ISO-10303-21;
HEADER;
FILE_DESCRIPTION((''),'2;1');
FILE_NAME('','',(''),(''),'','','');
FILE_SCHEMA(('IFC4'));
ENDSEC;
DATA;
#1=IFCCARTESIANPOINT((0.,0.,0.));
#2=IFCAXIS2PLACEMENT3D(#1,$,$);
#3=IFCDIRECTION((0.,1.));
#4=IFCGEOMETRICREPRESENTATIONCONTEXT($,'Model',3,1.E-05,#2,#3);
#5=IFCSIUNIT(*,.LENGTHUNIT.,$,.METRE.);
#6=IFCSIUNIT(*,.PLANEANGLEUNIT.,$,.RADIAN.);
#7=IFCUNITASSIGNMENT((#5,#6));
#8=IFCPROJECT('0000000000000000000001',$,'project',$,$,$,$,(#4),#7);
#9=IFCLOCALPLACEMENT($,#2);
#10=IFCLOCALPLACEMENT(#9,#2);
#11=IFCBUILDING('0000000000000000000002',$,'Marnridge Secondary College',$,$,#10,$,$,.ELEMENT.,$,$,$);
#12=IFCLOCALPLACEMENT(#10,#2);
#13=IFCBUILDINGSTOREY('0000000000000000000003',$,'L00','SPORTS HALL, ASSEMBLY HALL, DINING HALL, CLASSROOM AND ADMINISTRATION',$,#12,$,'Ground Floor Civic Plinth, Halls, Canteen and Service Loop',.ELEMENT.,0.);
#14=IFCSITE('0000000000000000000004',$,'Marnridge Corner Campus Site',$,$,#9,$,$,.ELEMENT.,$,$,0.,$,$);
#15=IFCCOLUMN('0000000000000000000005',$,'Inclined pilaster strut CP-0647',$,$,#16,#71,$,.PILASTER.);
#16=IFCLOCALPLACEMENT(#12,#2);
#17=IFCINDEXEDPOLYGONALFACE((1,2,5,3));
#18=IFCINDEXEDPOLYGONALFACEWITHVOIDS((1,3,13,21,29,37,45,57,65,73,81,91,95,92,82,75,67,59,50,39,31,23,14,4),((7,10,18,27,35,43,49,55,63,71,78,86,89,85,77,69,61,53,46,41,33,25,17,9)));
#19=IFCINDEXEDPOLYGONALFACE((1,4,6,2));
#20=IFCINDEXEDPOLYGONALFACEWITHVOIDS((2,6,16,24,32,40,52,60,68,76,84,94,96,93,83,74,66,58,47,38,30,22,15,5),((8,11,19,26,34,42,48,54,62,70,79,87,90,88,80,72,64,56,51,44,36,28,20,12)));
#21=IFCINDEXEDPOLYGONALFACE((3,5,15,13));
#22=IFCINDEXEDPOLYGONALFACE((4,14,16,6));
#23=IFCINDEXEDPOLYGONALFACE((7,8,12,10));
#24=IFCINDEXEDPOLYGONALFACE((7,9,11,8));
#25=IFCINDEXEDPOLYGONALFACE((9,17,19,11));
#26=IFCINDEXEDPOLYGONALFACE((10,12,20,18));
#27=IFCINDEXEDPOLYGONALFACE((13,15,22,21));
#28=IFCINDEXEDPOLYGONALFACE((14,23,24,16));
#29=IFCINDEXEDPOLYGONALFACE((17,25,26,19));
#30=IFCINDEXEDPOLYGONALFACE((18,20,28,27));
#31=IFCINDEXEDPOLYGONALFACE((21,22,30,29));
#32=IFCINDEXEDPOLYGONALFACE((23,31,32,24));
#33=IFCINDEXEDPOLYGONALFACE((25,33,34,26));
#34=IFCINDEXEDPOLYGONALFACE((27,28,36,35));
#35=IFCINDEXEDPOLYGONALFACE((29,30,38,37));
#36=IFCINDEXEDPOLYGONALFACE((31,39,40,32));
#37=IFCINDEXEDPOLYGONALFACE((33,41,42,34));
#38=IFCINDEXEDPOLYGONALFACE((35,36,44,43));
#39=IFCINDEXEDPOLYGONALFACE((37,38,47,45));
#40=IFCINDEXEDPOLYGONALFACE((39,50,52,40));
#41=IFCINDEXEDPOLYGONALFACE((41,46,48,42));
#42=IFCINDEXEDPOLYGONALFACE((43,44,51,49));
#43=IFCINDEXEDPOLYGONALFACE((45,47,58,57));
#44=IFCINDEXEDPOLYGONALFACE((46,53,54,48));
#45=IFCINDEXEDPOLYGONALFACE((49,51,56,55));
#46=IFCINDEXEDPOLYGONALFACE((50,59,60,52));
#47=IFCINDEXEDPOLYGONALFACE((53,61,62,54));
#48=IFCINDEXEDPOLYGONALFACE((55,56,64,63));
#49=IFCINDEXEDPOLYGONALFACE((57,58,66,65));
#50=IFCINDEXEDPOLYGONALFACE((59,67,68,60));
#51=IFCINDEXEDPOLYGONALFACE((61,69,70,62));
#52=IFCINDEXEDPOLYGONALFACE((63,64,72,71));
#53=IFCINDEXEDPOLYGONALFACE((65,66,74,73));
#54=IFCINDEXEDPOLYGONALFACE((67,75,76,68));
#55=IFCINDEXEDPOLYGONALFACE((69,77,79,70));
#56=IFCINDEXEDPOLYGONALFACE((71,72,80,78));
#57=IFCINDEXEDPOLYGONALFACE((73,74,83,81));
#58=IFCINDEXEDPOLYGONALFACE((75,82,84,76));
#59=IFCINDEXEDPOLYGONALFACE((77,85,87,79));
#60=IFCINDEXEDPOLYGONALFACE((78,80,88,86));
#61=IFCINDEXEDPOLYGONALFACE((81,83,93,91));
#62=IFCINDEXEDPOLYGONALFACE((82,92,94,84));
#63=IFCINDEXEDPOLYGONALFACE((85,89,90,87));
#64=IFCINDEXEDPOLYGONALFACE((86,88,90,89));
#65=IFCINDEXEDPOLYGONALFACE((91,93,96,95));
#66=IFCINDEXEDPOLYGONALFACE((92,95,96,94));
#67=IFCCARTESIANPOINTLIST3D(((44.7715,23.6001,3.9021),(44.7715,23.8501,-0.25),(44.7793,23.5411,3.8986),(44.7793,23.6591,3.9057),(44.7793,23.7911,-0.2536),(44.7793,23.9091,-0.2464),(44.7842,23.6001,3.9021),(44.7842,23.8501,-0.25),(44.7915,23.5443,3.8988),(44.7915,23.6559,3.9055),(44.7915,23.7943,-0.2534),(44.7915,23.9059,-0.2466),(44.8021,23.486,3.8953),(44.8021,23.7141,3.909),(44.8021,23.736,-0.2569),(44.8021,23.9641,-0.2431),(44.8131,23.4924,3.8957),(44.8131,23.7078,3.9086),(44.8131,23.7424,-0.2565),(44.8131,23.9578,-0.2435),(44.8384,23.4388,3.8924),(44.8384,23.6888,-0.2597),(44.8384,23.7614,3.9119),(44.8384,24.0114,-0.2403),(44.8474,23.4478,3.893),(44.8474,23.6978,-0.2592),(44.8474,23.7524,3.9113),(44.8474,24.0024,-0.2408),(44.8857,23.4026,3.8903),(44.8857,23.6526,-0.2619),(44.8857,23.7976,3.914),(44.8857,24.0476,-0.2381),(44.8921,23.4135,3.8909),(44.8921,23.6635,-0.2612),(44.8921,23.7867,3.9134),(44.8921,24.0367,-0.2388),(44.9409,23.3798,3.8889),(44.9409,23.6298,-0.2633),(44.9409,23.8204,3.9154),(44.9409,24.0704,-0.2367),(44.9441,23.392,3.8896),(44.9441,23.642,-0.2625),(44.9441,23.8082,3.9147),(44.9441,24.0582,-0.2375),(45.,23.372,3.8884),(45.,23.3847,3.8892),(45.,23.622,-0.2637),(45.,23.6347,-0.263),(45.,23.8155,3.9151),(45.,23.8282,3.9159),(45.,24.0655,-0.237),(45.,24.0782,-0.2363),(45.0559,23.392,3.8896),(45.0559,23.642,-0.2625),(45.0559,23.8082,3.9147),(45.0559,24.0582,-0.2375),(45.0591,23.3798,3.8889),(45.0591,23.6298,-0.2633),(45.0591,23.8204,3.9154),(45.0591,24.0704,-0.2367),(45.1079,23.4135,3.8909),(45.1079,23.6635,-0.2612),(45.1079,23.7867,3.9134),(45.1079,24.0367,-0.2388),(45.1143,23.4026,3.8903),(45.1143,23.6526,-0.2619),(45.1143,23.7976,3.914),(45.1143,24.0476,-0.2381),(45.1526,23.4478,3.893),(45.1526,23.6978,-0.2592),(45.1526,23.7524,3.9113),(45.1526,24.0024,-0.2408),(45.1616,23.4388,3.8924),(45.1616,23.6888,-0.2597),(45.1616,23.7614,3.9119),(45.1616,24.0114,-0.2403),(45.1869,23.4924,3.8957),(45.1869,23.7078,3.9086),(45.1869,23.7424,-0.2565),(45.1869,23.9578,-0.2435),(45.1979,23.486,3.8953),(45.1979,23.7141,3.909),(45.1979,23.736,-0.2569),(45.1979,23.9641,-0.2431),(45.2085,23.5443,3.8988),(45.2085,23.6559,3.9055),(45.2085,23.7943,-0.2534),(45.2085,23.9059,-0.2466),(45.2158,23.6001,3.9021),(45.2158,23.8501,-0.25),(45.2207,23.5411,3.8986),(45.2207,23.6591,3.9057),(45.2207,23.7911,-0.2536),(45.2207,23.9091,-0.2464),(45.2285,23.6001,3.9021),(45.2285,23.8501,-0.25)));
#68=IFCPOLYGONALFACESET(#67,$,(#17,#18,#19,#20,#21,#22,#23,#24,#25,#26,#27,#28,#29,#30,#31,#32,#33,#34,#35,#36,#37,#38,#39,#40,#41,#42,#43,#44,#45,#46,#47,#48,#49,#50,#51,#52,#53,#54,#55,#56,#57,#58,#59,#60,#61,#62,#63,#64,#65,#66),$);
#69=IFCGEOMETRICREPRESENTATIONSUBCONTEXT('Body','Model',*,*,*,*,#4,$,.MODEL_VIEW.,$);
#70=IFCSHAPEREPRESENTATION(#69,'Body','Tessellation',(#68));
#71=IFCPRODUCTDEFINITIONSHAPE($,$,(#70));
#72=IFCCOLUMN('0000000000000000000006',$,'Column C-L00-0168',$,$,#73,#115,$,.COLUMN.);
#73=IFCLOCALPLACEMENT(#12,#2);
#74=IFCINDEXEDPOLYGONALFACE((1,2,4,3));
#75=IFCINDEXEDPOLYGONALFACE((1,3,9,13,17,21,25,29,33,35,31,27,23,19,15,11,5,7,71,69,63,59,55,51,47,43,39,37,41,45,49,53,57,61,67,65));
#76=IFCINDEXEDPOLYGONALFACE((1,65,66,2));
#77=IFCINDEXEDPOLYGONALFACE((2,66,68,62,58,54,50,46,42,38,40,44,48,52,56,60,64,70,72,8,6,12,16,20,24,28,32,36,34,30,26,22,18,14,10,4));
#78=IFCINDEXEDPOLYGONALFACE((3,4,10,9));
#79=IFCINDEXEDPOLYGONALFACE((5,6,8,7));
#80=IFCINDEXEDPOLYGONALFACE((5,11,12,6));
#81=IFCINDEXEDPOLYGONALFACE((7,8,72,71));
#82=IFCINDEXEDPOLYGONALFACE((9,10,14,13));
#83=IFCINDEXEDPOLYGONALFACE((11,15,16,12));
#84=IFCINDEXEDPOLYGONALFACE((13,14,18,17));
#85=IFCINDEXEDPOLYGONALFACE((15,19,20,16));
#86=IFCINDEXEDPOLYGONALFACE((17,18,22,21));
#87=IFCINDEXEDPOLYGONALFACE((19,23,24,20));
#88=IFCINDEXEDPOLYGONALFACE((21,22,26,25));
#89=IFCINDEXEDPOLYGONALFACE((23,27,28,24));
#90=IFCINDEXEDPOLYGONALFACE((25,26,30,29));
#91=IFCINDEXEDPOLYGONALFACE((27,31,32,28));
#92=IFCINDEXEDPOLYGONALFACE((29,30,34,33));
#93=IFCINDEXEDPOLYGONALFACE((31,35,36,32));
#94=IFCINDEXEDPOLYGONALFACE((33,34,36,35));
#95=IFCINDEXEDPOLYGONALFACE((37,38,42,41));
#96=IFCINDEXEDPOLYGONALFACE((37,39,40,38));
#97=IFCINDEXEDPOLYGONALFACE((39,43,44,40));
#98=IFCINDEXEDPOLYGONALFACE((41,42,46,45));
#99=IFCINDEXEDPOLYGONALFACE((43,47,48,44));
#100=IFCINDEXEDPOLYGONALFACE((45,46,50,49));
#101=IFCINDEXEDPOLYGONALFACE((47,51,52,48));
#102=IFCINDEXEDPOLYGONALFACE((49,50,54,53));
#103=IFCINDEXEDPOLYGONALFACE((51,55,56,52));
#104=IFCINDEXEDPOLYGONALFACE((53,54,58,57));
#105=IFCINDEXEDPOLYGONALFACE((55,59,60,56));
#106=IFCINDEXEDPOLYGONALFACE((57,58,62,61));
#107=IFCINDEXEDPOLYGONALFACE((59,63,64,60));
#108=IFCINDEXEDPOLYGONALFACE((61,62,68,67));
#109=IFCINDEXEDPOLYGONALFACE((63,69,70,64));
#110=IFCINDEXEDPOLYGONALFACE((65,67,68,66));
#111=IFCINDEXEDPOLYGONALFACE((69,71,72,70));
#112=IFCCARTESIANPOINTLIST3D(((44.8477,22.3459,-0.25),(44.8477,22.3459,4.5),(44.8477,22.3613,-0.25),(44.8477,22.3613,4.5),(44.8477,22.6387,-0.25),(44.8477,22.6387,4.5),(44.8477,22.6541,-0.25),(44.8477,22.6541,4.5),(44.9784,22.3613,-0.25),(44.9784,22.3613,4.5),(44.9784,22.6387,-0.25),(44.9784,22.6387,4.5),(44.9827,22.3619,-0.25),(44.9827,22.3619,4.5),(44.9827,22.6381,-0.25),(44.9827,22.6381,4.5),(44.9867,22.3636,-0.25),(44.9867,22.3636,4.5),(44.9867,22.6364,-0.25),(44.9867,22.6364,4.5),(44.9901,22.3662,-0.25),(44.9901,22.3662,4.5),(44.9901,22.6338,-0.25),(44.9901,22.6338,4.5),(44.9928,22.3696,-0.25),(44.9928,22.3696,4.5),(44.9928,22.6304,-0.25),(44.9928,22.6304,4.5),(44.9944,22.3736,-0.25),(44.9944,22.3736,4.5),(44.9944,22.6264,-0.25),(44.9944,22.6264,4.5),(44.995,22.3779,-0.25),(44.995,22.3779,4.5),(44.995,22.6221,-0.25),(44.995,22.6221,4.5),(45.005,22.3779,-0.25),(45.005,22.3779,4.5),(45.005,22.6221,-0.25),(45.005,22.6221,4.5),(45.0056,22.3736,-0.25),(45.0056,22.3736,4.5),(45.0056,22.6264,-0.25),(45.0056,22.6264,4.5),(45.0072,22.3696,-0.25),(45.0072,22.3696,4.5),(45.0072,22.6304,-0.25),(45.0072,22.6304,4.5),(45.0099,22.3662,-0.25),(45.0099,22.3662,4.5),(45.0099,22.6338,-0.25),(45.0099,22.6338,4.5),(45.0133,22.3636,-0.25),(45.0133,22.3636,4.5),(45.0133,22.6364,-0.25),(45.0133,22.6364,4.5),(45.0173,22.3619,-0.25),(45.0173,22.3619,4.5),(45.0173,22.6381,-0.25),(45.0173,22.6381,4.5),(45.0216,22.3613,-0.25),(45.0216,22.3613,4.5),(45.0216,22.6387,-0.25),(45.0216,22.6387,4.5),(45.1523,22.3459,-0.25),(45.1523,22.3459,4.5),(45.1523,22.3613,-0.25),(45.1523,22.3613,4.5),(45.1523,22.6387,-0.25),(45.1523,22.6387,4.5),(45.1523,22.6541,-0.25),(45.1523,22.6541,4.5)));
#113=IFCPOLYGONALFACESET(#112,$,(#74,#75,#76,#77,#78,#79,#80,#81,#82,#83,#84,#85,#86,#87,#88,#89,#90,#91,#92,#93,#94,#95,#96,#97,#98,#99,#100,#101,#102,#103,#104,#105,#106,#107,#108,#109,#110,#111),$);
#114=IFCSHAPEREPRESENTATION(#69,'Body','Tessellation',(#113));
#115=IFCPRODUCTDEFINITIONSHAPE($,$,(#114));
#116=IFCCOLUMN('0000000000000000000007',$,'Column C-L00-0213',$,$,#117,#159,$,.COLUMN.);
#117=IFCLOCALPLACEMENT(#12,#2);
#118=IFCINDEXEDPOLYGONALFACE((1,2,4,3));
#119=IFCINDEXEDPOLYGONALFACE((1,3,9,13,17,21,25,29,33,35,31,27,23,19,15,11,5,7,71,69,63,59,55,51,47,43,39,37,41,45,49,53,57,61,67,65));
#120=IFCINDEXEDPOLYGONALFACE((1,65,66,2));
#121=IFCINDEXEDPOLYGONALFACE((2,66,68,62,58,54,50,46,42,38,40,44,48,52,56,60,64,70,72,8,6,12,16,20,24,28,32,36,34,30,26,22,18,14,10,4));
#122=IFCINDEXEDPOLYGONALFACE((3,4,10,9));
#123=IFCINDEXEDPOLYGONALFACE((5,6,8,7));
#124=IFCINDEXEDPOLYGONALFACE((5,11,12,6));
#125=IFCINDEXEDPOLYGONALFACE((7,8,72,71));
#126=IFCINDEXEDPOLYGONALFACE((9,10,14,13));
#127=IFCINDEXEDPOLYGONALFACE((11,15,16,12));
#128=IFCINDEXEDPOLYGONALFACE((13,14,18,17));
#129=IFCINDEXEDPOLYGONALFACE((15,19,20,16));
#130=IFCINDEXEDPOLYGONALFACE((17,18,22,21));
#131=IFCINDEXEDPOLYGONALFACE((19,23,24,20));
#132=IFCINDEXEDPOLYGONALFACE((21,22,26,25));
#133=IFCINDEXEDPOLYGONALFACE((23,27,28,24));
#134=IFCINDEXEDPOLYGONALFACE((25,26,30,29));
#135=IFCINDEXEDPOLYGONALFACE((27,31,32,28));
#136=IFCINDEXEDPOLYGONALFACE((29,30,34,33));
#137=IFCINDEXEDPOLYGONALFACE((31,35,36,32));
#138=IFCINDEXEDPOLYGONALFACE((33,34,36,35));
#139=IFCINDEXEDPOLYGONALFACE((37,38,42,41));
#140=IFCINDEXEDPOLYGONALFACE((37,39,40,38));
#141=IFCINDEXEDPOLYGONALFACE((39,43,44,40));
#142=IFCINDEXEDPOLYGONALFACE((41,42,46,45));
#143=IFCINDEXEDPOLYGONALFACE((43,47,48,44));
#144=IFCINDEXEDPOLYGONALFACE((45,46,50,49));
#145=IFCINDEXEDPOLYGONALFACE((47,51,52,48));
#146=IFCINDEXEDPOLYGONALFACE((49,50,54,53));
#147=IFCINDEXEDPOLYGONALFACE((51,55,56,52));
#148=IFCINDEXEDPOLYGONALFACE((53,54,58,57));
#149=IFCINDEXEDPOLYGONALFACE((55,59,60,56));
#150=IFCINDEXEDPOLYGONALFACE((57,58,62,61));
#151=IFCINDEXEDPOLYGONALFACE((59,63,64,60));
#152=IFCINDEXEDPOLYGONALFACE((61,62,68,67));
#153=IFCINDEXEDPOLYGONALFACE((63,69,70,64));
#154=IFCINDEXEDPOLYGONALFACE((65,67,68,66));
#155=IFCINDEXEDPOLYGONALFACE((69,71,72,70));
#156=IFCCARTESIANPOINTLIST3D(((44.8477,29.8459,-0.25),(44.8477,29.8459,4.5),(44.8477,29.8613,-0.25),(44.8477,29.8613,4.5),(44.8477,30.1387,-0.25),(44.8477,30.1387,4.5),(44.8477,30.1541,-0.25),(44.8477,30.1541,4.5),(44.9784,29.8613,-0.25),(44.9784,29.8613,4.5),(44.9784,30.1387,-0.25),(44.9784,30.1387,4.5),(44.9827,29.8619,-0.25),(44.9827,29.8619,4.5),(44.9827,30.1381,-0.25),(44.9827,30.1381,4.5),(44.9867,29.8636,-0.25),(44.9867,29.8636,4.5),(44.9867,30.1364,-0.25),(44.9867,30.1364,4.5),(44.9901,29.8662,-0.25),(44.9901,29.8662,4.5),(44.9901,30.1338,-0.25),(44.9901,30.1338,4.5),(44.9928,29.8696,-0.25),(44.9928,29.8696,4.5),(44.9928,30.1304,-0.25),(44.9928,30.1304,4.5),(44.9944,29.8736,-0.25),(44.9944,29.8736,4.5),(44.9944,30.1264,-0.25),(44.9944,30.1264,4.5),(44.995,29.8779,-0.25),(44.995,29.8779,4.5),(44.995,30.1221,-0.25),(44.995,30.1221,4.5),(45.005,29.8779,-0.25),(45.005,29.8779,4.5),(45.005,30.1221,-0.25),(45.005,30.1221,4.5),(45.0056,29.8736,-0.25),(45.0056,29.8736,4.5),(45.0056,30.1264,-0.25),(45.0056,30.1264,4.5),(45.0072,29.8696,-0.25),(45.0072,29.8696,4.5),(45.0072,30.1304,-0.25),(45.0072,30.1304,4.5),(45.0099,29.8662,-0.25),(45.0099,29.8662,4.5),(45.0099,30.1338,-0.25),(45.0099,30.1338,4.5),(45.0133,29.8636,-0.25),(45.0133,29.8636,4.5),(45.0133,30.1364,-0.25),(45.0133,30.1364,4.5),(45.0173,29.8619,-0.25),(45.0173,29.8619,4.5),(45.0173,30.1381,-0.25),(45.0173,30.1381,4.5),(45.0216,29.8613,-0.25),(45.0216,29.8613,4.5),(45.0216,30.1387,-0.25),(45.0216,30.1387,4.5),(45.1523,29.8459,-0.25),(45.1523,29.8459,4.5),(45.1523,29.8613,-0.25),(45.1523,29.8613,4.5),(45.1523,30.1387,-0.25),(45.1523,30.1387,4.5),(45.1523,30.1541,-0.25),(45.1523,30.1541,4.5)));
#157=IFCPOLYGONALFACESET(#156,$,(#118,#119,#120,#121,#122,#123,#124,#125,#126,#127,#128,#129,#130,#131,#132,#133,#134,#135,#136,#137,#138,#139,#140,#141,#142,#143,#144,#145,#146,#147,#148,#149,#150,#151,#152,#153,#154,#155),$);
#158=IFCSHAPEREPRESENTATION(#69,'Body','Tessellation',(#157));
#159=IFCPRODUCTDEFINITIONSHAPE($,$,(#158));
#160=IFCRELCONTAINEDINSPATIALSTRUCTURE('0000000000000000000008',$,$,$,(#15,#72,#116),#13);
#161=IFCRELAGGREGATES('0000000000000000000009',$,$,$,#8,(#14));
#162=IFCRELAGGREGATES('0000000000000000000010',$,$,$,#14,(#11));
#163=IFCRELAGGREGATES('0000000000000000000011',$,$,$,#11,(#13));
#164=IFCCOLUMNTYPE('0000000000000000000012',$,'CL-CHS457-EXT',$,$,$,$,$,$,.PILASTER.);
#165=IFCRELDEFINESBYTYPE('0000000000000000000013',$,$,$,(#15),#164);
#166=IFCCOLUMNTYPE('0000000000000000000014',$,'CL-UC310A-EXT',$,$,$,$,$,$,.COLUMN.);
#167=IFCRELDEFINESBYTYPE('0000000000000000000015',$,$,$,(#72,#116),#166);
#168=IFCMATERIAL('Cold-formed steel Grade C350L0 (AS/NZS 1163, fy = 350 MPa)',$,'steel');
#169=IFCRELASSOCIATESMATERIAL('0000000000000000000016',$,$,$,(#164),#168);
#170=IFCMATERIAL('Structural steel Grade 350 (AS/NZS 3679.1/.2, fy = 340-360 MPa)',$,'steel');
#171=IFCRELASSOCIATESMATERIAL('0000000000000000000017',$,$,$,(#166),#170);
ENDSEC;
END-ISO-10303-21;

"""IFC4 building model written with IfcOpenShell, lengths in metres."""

from ifc_helpers import new_model, si_unit, direction, frame, origin, origin_2d, place, context, subcontext, project, spatial, hollow_circle, i_section, extrude, material, material_profile, profile_set, type_object, element, save


model = new_model("IFC4")

# Units and contexts
model_context = context("Model", 3, precision=1e-05, world=origin(), true_north=direction((0.0, 1.0)))
body_context = subcontext(model_context, "Body", "Model", "MODEL_VIEW")
ifc_project = project(units=[si_unit("LENGTHUNIT", "METRE"), si_unit("PLANEANGLEUNIT", "RADIAN")], contexts=[model_context])

# Site, building, storey
site_placement = place(None, origin())
site = spatial("IfcSite", under=ifc_project, at=site_placement, Name="Marnridge Corner Campus Site", CompositionType="ELEMENT", RefElevation=0.0)
building_placement = place(site_placement, origin())
building = spatial("IfcBuilding", under=site, at=building_placement, Name="Marnridge Secondary College", CompositionType="ELEMENT")
storey_placement = place(building_placement, origin())
storey = spatial("IfcBuildingStorey", under=building, at=storey_placement, Name="L00", Description="SPORTS HALL, ASSEMBLY HALL, DINING HALL, CLASSROOM AND ADMINISTRATION", LongName="Ground Floor Civic Plinth, Halls, Canteen and Service Loop", CompositionType="ELEMENT", Elevation=0.0)

# Columns
ifc_material_1 = material(Name="Cold-formed steel Grade C350L0 (AS/NZS 1163, fy = 350 MPa)", Category="steel")
ifc_material_profile_1 = material_profile(ifc_material_1, hollow_circle(Radius=0.2285, WallThickness=0.0127, at=origin_2d()), Name="457.0x12.7CHS")
ifc_profile_set_1 = profile_set([ifc_material_profile_1], Name="Cold-formed steel Grade C350L0 (AS/NZS 1163, fy = 350 MPa)")
column_type_1 = type_object("IfcColumnType", Name="CL-CHS457-EXT", PredefinedType="PILASTER", material=ifc_profile_set_1)
column_placement = place(storey_placement, frame((45.0, 23.8501, -0.25), z_axis=(0.0, -0.060102, 0.998192), x_axis=(1.0, 0.0, 0.0)))
element("IfcColumn", 1, at=column_placement, inside=storey, type_object=column_type_1, Name="Inclined pilaster strut CP-0647", PredefinedType="PILASTER", context=body_context, shape_type="SweptSolid", body=[
    extrude(hollow_circle(Radius=0.2285, WallThickness=0.0127, at=origin_2d()), origin(), (0.0, 0.0, 1.0), 4.1597),
])
ifc_material_2 = material(Name="Structural steel Grade 350 (AS/NZS 3679.1/.2, fy = 340-360 MPa)", Category="steel")
ifc_material_profile_2 = material_profile(ifc_material_2, i_section(OverallWidth=0.3047, OverallDepth=0.3081, WebThickness=0.01, FlangeThickness=0.0154, FilletRadius=0.0166, at=origin_2d()), Name="310UC96.8")
ifc_profile_set_2 = profile_set([ifc_material_profile_2], Name="Structural steel Grade 350 (AS/NZS 3679.1/.2, fy = 340-360 MPa)")
column_type_2 = type_object("IfcColumnType", Name="CL-UC310A-EXT", PredefinedType="COLUMN", material=ifc_profile_set_2)
for number, where, z_axis, x_axis, name in (
    (2, (45.0, 22.5, -0.25), (0.0, 0.0, 1.0), (1.0, 0.0, 0.0), "Column C-L00-0168"),
    (3, (45.0, 30.0, -0.25), (0.0, 0.0, 1.0), (1.0, 0.0, 0.0), "Column C-L00-0213"),
):
    element("IfcColumn", number, at=place(storey_placement, frame(where, z_axis=z_axis, x_axis=x_axis)), inside=storey, type_object=column_type_2, Name=name, PredefinedType="COLUMN", context=body_context, shape_type="SweptSolid", body=[
        extrude(i_section(OverallWidth=0.3047, OverallDepth=0.3081, WebThickness=0.01, FlangeThickness=0.0154, FilletRadius=0.0166, at=origin_2d()), origin(), (0.0, 0.0, 1.0), 4.75),
    ])

save(model, "model.ifc")
